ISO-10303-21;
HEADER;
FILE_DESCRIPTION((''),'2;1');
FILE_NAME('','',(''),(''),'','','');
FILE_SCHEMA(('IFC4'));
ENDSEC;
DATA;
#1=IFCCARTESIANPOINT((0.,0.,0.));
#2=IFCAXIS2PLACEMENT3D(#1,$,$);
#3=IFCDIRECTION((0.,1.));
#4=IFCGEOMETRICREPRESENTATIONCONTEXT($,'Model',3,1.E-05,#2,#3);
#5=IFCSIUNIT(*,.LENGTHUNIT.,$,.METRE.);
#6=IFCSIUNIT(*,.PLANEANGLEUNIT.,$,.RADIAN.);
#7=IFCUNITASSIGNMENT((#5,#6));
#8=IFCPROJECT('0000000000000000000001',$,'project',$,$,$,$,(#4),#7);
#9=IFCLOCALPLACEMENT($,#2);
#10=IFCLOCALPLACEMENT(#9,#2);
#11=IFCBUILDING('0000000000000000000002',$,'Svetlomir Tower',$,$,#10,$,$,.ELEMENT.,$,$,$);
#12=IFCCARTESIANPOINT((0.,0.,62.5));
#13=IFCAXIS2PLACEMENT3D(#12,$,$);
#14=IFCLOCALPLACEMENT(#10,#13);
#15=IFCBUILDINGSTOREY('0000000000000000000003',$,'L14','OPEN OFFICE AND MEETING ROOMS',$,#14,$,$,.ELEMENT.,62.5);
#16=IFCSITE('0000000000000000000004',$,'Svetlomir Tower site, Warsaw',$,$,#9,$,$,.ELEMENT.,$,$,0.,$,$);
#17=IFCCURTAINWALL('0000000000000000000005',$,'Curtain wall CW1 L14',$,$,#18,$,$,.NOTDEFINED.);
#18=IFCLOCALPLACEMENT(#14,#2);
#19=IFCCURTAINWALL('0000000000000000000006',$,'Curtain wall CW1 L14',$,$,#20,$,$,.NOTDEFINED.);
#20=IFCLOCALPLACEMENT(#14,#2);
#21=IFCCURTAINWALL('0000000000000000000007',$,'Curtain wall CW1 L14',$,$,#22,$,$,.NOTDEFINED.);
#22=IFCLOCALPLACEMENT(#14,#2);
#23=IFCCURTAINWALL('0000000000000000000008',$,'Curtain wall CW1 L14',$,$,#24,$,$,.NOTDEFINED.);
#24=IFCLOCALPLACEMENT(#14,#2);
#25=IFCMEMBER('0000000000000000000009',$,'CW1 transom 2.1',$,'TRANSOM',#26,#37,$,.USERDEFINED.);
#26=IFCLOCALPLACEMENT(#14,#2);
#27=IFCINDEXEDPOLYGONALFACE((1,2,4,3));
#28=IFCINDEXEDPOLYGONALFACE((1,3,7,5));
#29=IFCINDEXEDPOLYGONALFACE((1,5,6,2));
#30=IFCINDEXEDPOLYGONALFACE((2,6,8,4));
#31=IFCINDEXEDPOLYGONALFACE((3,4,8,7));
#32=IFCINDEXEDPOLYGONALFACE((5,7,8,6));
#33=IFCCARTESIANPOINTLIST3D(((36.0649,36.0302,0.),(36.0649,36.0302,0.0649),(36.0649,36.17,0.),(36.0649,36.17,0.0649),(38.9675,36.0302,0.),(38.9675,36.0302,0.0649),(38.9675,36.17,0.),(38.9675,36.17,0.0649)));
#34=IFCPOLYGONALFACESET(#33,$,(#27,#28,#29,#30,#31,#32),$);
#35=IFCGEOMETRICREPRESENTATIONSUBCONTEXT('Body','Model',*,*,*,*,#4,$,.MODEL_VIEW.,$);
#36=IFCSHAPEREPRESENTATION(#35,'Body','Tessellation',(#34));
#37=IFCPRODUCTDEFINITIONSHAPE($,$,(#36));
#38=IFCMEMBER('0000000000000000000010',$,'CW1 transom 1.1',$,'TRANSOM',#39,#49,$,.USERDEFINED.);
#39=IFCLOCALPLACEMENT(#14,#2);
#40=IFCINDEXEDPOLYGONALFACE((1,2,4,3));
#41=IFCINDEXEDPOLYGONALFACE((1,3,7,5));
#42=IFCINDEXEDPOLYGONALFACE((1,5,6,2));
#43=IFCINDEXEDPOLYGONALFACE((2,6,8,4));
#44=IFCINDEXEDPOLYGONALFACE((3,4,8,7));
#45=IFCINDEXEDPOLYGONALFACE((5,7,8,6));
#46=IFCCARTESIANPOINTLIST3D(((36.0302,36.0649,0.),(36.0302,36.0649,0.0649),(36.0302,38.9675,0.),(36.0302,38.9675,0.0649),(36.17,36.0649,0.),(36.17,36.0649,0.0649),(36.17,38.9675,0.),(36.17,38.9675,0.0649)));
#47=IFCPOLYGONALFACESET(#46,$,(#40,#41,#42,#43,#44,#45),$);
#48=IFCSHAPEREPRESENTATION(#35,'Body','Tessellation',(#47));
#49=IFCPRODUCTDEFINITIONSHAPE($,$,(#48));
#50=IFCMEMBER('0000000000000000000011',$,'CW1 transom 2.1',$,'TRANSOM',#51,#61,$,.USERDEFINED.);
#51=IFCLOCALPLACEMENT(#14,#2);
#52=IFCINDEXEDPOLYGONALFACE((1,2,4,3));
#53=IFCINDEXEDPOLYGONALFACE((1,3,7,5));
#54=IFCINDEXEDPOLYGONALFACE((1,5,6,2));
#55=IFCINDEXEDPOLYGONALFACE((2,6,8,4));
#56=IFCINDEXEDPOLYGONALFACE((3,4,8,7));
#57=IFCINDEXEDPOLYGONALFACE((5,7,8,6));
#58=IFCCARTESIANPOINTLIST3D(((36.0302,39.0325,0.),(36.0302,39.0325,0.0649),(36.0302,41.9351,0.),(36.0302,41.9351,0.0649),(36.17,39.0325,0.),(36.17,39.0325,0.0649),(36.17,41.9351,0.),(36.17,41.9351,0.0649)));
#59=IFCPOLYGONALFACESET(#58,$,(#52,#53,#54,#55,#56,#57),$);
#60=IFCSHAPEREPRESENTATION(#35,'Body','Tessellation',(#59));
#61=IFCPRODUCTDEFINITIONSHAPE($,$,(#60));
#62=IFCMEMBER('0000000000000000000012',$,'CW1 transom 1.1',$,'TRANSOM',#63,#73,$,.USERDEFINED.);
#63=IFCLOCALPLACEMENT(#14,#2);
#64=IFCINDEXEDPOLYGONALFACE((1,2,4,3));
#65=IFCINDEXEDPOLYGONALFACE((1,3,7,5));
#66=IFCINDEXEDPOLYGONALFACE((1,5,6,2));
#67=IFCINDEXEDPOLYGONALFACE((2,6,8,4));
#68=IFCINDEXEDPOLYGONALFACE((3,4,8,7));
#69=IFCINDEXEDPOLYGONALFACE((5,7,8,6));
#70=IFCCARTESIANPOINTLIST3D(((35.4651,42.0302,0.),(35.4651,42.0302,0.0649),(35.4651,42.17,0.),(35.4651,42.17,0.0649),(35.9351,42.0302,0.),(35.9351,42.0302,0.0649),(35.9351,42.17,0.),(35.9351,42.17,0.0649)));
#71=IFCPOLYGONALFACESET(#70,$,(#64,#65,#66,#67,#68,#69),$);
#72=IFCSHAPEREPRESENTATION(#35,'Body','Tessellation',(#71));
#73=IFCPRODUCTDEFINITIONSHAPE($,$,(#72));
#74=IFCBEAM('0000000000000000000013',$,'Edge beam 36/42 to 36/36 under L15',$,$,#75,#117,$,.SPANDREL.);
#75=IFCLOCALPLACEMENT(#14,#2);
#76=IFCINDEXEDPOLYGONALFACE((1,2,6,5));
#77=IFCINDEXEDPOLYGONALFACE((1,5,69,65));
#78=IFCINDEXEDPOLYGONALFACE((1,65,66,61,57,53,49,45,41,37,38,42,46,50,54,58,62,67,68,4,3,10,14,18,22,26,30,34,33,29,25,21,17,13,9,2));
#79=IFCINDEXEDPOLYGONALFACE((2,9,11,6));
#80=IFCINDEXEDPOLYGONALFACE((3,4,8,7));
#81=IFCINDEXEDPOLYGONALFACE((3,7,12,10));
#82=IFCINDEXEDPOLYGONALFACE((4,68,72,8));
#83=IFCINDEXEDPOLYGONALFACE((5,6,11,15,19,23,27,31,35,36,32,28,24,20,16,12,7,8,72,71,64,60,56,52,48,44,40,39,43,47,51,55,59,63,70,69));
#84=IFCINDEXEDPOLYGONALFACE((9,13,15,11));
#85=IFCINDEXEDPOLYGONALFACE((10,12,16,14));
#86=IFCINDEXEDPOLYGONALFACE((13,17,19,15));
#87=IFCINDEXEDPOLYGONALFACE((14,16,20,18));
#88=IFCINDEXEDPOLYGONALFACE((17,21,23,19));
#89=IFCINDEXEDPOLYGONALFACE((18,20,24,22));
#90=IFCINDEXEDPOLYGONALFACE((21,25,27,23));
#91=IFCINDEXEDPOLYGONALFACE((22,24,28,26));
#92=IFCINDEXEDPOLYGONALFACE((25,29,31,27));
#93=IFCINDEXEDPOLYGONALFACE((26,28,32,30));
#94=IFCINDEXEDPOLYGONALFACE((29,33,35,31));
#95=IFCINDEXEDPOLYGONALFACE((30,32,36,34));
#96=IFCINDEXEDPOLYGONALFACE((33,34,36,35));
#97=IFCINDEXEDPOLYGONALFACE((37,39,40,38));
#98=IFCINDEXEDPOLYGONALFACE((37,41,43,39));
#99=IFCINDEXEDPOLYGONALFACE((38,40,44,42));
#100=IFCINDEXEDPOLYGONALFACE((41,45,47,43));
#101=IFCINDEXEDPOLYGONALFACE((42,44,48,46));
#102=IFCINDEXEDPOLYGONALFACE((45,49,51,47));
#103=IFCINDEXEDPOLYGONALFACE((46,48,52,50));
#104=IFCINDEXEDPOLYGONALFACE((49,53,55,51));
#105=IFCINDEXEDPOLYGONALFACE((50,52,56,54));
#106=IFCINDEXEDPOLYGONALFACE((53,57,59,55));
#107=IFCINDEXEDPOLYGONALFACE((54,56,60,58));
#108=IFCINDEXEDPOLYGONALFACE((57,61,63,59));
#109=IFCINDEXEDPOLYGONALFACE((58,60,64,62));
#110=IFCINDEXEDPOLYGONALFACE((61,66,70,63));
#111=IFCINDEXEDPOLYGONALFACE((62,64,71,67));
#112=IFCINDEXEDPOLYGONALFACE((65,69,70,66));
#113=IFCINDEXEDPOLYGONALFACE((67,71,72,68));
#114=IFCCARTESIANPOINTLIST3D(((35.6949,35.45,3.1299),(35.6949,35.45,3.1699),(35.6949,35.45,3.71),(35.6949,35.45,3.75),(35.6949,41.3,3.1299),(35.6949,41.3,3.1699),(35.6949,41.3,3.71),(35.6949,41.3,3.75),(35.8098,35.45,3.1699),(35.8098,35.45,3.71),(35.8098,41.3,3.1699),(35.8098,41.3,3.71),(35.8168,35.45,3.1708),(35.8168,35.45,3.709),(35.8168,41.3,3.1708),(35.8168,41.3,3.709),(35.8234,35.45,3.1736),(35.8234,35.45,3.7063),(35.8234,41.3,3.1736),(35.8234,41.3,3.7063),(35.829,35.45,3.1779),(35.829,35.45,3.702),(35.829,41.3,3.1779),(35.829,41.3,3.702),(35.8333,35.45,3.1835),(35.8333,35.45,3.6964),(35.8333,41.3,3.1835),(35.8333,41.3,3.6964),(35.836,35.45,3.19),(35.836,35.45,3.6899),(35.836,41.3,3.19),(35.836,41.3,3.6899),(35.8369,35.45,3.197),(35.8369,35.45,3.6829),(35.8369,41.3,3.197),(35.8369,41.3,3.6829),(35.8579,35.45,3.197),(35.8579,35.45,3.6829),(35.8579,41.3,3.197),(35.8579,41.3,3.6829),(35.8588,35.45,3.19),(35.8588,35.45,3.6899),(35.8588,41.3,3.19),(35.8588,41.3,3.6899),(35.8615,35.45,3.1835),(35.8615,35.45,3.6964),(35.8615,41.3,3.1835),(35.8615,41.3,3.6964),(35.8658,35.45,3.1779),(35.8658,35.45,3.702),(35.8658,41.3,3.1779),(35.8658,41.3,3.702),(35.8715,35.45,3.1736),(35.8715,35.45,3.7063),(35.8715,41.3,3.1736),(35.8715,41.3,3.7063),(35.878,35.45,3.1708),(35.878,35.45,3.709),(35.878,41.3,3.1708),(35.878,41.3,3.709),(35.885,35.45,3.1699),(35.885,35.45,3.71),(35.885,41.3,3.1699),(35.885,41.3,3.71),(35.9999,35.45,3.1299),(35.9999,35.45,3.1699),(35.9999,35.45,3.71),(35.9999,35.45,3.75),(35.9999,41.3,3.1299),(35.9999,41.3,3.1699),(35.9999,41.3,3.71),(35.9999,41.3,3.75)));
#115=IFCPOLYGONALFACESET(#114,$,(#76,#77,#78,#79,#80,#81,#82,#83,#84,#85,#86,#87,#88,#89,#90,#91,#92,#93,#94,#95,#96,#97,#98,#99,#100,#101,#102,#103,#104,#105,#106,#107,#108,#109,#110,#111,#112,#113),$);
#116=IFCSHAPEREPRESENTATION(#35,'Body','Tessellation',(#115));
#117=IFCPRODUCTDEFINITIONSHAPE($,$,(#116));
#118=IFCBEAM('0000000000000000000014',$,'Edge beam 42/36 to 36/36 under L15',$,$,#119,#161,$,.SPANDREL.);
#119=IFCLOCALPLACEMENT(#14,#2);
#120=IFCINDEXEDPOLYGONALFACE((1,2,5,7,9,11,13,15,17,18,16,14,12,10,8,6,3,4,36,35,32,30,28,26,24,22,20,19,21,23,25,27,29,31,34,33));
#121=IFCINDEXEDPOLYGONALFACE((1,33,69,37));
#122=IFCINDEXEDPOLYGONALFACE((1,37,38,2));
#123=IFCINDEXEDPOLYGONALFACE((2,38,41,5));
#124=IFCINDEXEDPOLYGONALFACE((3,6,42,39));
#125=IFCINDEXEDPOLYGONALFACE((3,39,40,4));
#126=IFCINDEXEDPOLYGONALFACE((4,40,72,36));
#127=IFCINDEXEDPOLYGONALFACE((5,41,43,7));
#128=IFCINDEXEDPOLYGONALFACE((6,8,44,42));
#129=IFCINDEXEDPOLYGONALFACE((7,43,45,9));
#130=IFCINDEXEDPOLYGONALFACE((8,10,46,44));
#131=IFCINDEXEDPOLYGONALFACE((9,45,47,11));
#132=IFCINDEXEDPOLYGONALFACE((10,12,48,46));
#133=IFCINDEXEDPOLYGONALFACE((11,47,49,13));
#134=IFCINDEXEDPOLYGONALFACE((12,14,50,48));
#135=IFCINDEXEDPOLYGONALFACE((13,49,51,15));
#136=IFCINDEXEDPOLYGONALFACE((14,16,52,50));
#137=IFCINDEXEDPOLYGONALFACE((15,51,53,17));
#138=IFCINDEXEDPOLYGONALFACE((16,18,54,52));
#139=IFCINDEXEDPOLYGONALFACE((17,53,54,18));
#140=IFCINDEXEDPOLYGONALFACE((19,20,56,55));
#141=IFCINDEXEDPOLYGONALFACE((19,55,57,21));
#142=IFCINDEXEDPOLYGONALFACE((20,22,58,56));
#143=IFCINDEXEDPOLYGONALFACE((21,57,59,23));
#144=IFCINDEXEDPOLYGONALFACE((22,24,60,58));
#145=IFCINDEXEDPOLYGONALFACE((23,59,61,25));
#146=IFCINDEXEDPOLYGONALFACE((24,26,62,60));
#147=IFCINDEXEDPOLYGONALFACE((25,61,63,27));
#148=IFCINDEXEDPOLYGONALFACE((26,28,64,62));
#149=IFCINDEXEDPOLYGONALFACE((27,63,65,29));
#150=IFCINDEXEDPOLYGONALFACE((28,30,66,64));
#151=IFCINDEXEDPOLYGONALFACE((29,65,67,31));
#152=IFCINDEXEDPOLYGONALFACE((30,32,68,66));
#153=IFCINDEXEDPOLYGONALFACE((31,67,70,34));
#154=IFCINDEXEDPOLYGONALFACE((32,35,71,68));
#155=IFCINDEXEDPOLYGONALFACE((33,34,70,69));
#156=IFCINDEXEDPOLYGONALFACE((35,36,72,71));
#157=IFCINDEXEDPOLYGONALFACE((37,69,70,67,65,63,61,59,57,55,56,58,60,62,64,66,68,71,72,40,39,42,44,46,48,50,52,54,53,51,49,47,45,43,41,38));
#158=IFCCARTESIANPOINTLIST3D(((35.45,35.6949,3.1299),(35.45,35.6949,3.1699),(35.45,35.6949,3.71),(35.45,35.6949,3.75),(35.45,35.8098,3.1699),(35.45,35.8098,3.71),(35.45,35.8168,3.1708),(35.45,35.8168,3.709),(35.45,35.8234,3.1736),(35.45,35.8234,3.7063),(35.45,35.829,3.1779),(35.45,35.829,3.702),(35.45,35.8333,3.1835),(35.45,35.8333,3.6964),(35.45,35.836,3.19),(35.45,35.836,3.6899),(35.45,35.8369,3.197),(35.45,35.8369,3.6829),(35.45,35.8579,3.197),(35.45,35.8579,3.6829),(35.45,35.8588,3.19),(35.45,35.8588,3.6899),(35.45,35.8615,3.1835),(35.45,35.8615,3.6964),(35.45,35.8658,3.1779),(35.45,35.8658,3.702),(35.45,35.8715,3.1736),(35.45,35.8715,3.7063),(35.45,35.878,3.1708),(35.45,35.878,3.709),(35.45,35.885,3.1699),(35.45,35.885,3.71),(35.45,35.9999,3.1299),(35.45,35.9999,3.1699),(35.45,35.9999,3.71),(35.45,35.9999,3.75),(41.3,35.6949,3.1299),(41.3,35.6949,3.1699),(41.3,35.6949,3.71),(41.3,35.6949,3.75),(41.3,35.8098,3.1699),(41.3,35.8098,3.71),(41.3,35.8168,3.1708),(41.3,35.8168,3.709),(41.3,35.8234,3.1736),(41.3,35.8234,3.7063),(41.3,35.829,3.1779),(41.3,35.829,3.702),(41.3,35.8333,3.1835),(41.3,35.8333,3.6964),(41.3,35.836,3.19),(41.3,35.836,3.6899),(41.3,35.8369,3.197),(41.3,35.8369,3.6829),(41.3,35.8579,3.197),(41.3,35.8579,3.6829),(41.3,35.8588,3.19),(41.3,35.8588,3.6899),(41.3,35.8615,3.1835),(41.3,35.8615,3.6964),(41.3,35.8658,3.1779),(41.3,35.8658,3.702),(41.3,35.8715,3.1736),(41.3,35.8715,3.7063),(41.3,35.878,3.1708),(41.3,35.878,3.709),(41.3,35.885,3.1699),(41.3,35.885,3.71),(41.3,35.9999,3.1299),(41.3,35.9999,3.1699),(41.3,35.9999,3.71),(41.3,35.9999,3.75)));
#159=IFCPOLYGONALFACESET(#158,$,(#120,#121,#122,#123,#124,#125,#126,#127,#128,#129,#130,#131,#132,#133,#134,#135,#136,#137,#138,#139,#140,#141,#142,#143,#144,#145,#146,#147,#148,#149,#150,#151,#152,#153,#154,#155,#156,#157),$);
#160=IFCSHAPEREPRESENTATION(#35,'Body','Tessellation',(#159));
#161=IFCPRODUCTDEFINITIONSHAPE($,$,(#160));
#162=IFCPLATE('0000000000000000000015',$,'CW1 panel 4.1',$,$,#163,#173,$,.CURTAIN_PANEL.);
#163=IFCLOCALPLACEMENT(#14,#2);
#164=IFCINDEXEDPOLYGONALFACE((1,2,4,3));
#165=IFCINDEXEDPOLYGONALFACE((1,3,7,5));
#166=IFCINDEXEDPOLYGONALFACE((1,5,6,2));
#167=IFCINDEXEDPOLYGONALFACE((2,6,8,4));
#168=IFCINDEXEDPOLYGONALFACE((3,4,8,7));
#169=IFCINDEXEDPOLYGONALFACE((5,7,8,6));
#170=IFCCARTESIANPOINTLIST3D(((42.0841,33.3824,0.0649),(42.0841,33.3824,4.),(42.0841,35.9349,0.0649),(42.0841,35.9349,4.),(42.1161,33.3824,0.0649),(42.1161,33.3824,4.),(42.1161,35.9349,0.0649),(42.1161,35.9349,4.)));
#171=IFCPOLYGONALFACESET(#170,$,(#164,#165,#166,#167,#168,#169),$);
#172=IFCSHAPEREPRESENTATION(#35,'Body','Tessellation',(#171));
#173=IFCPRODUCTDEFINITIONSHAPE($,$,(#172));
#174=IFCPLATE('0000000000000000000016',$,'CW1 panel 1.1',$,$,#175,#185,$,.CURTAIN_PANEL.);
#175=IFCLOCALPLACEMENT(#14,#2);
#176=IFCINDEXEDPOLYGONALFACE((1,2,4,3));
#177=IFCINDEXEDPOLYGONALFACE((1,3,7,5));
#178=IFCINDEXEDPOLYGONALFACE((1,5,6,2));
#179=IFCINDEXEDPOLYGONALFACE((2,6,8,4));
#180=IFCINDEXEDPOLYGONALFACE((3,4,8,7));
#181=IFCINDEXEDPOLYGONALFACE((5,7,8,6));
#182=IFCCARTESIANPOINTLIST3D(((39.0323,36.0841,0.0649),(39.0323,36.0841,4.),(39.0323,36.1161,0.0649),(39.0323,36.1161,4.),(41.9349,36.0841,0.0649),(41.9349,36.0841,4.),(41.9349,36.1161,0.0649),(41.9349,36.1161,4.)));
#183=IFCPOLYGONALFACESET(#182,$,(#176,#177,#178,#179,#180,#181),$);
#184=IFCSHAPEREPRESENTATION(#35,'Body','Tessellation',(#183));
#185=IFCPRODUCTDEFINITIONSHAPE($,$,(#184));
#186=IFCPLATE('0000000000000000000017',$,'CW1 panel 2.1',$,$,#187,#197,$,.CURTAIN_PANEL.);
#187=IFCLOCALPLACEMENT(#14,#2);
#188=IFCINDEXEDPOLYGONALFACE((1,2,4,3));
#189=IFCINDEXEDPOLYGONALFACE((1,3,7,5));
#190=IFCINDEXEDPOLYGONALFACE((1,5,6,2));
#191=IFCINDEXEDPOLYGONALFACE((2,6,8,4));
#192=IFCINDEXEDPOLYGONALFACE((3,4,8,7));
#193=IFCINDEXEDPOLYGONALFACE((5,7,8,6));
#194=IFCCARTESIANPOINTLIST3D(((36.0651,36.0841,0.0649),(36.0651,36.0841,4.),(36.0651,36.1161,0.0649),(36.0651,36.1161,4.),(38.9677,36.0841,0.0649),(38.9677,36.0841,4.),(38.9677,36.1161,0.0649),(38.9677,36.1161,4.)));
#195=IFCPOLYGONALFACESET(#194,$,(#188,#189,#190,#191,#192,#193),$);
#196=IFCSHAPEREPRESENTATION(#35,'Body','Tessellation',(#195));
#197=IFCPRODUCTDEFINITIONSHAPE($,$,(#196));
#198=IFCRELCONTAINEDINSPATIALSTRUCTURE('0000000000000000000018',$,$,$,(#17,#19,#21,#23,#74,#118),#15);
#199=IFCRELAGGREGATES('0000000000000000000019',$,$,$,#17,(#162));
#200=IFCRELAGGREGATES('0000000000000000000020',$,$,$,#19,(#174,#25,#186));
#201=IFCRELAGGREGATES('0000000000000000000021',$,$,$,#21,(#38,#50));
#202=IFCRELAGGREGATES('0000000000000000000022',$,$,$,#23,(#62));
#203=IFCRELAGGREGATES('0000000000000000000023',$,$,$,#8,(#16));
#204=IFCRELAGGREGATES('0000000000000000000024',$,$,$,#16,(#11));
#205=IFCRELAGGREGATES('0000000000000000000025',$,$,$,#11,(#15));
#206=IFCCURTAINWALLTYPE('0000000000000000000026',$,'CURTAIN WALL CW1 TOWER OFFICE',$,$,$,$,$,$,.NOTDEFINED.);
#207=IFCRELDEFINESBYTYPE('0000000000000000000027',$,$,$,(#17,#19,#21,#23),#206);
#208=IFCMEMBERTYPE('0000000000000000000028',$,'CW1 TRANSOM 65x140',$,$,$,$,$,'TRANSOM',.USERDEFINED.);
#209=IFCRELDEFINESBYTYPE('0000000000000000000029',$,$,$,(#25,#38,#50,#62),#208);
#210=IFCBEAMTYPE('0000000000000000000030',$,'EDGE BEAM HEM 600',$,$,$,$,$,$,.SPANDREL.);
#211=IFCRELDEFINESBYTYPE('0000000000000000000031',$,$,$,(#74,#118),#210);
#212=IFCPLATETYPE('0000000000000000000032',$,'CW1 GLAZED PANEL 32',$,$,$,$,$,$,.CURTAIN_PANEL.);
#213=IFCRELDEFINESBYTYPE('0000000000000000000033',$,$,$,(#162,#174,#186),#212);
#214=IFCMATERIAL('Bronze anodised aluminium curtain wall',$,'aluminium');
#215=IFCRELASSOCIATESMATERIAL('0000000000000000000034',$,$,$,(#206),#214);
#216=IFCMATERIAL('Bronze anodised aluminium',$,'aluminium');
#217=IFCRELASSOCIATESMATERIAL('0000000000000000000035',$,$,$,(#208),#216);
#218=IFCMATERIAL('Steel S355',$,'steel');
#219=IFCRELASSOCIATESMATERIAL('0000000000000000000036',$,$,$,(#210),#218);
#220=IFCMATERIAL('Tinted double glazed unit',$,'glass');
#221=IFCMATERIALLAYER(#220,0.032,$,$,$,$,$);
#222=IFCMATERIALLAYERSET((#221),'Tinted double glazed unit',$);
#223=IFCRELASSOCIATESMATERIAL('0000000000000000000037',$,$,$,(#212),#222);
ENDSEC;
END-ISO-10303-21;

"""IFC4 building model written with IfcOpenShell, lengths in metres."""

from ifc_helpers import new_model, si_unit, direction, frame, origin, origin_2d, place, context, subcontext, project, spatial, rectangle, i_section, extrude, material, layer, layer_set, material_profile, profile_set, type_object, element, aggregate, save


model = new_model("IFC4")

# Units and contexts
model_context = context("Model", 3, precision=1e-05, world=origin(), true_north=direction((0.0, 1.0)))
body_context = subcontext(model_context, "Body", "Model", "MODEL_VIEW")
ifc_project = project(units=[si_unit("LENGTHUNIT", "METRE"), si_unit("PLANEANGLEUNIT", "RADIAN")], contexts=[model_context])

# Site, building, storey
site_placement = place(None, origin())
site = spatial("IfcSite", under=ifc_project, at=site_placement, Name="Svetlomir Tower site, Warsaw", CompositionType="ELEMENT", RefElevation=0.0)
building_placement = place(site_placement, origin())
building = spatial("IfcBuilding", under=site, at=building_placement, Name="Svetlomir Tower", CompositionType="ELEMENT")
storey_placement = place(building_placement, frame((0.0, 0.0, 62.5)))
storey = spatial("IfcBuildingStorey", under=building, at=storey_placement, Name="L14", Description="OPEN OFFICE AND MEETING ROOMS", CompositionType="ELEMENT", Elevation=62.5)

# Curtain wall
ifc_material_1 = material(Name="Bronze anodised aluminium curtain wall", Category="aluminium")
curtain_wall_type = type_object("IfcCurtainWallType", Name="CURTAIN WALL CW1 TOWER OFFICE", PredefinedType="NOTDEFINED", material=ifc_material_1)
curtain_wall_1_placement = place(storey_placement, origin())
curtain_wall_1 = element("IfcCurtainWall", 1, at=curtain_wall_1_placement, inside=storey, type_object=curtain_wall_type, Name="Curtain wall CW1 L14", PredefinedType="NOTDEFINED")

# Curtain walls
curtain_wall_2_placement = place(storey_placement, origin())
curtain_wall_2 = element("IfcCurtainWall", 2, at=curtain_wall_2_placement, inside=storey, type_object=curtain_wall_type, Name="Curtain wall CW1 L14", PredefinedType="NOTDEFINED")
curtain_wall_3_placement = place(storey_placement, origin())
curtain_wall_3 = element("IfcCurtainWall", 3, at=curtain_wall_3_placement, inside=storey, type_object=curtain_wall_type, Name="Curtain wall CW1 L14", PredefinedType="NOTDEFINED")
curtain_wall_4_placement = place(storey_placement, origin())
curtain_wall_4 = element("IfcCurtainWall", 4, at=curtain_wall_4_placement, inside=storey, type_object=curtain_wall_type, Name="Curtain wall CW1 L14", PredefinedType="NOTDEFINED")

# Members
ifc_material_2 = material(Name="Bronze anodised aluminium", Category="aluminium")
ifc_material_profile_1 = material_profile(ifc_material_2, rectangle(XDim=0.1399, YDim=0.0649, at=origin_2d()), Name="AL 140x65")
ifc_profile_set_1 = profile_set([ifc_material_profile_1], Name="Bronze anodised aluminium 6063-T6")
member_type_1 = type_object("IfcMemberType", Name="CW1 TRANSOM 65x140", ElementType="TRANSOM", PredefinedType="USERDEFINED", material=ifc_profile_set_1)
member_1_placement = place(storey_placement, frame((38.9675, 36.1001, 0.0325), z_axis=(-1.0, 0.0, 0.0), x_axis=(0.0, -1.0, 0.0)))
member_1 = element("IfcMember", 5, at=member_1_placement, type_object=member_type_1, Name="CW1 transom 2.1", ObjectType="TRANSOM", PredefinedType="USERDEFINED", context=body_context, shape_type="SweptSolid", body=[
    extrude(rectangle(XDim=0.1399, YDim=0.0649, at=origin_2d()), origin(), (0.0, 0.0, 1.0), 2.9026),
])
member_2_placement = place(storey_placement, frame((36.1001, 36.0649, 0.0325), z_axis=(0.0, 1.0, 0.0), x_axis=(-1.0, 0.0, 0.0)))
member_2 = element("IfcMember", 6, at=member_2_placement, type_object=member_type_1, Name="CW1 transom 1.1", ObjectType="TRANSOM", PredefinedType="USERDEFINED", context=body_context, shape_type="SweptSolid", body=[
    extrude(rectangle(XDim=0.1399, YDim=0.0649, at=origin_2d()), origin(), (0.0, 0.0, 1.0), 2.9026),
])
member_3_placement = place(storey_placement, frame((36.1001, 39.0325, 0.0325), z_axis=(0.0, 1.0, 0.0), x_axis=(-1.0, 0.0, 0.0)))
member_3 = element("IfcMember", 7, at=member_3_placement, type_object=member_type_1, Name="CW1 transom 2.1", ObjectType="TRANSOM", PredefinedType="USERDEFINED", context=body_context, shape_type="SweptSolid", body=[
    extrude(rectangle(XDim=0.1399, YDim=0.0649, at=origin_2d()), origin(), (0.0, 0.0, 1.0), 2.9026),
])
member_4_placement = place(storey_placement, frame((35.9351, 42.1001, 0.0325), z_axis=(-1.0, 0.0, 0.0), x_axis=(0.0, -1.0, 0.0)))
member_4 = element("IfcMember", 8, at=member_4_placement, type_object=member_type_1, Name="CW1 transom 1.1", ObjectType="TRANSOM", PredefinedType="USERDEFINED", context=body_context, shape_type="SweptSolid", body=[
    extrude(rectangle(XDim=0.1399, YDim=0.0649, at=origin_2d()), origin(), (0.0, 0.0, 1.0), 0.47),
])

# Beams
ifc_material_3 = material(Name="Steel S355", Category="steel")
ifc_material_profile_2 = material_profile(ifc_material_3, i_section(OverallWidth=0.3049, OverallDepth=0.6201, WebThickness=0.021, FlangeThickness=0.04, FilletRadius=0.0271, at=origin_2d()), Name="HEM 600")
ifc_profile_set_2 = profile_set([ifc_material_profile_2], Name="Steel S355")
beam_type_1 = type_object("IfcBeamType", Name="EDGE BEAM HEM 600", PredefinedType="SPANDREL", material=ifc_profile_set_2)
for number, where, z_axis, x_axis, name in (
    (9, (35.8474, 41.3, 3.4399), (0.0, -1.0, 0.0), (1.0, 0.0, 0.0), "Edge beam 36/42 to 36/36 under L15"),
    (10, (41.3, 35.8474, 3.4399), (-1.0, 0.0, 0.0), (0.0, -1.0, 0.0), "Edge beam 42/36 to 36/36 under L15"),
):
    element("IfcBeam", number, at=place(storey_placement, frame(where, z_axis=z_axis, x_axis=x_axis)), inside=storey, type_object=beam_type_1, Name=name, PredefinedType="SPANDREL", context=body_context, shape_type="SweptSolid", body=[
        extrude(i_section(OverallWidth=0.3049, OverallDepth=0.6201, WebThickness=0.021, FlangeThickness=0.04, FilletRadius=0.0271, at=origin_2d()), origin(), (0.0, 0.0, 1.0), 5.8501),
    ])

# Plates
ifc_material_4 = material(Name="Tinted double glazed unit", Category="glass")
ifc_layer_1 = layer(ifc_material_4, 0.032)
ifc_layer_set_1 = layer_set([ifc_layer_1], Name="Tinted double glazed unit")
plate_type = type_object("IfcPlateType", Name="CW1 GLAZED PANEL 32", PredefinedType="CURTAIN_PANEL", material=ifc_layer_set_1)
plate_1_placement = place(storey_placement, frame((42.1001, 34.6587, 0.0649), z_axis=(0.0, 0.0, 1.0), x_axis=(0.0, 1.0, 0.0)))
plate_1 = element("IfcPlate", 11, at=plate_1_placement, type_object=plate_type, Name="CW1 panel 4.1", PredefinedType="CURTAIN_PANEL", context=body_context, shape_type="SweptSolid", body=[
    extrude(rectangle(XDim=2.5525, YDim=0.032, at=origin_2d()), origin(), (0.0, 0.0, 1.0), 3.9351),
])
aggregate(curtain_wall_1, [plate_1])
plate_2_placement = place(storey_placement, frame((40.4836, 36.1001, 0.0649), z_axis=(0.0, 0.0, 1.0), x_axis=(-1.0, 0.0, 0.0)))
plate_2 = element("IfcPlate", 12, at=plate_2_placement, type_object=plate_type, Name="CW1 panel 1.1", PredefinedType="CURTAIN_PANEL", context=body_context, shape_type="SweptSolid", body=[
    extrude(rectangle(XDim=2.9026, YDim=0.032, at=origin_2d()), origin(), (0.0, 0.0, 1.0), 3.9351),
])
plate_3_placement = place(storey_placement, frame((37.5164, 36.1001, 0.0649), z_axis=(0.0, 0.0, 1.0), x_axis=(-1.0, 0.0, 0.0)))
plate_3 = element("IfcPlate", 13, at=plate_3_placement, type_object=plate_type, Name="CW1 panel 2.1", PredefinedType="CURTAIN_PANEL", context=body_context, shape_type="SweptSolid", body=[
    extrude(rectangle(XDim=2.9026, YDim=0.032, at=origin_2d()), origin(), (0.0, 0.0, 1.0), 3.9351),
])
aggregate(curtain_wall_2, [plate_2, member_1, plate_3])
aggregate(curtain_wall_3, [member_2, member_3])
aggregate(curtain_wall_4, [member_4])

save(model, "model.ifc")
